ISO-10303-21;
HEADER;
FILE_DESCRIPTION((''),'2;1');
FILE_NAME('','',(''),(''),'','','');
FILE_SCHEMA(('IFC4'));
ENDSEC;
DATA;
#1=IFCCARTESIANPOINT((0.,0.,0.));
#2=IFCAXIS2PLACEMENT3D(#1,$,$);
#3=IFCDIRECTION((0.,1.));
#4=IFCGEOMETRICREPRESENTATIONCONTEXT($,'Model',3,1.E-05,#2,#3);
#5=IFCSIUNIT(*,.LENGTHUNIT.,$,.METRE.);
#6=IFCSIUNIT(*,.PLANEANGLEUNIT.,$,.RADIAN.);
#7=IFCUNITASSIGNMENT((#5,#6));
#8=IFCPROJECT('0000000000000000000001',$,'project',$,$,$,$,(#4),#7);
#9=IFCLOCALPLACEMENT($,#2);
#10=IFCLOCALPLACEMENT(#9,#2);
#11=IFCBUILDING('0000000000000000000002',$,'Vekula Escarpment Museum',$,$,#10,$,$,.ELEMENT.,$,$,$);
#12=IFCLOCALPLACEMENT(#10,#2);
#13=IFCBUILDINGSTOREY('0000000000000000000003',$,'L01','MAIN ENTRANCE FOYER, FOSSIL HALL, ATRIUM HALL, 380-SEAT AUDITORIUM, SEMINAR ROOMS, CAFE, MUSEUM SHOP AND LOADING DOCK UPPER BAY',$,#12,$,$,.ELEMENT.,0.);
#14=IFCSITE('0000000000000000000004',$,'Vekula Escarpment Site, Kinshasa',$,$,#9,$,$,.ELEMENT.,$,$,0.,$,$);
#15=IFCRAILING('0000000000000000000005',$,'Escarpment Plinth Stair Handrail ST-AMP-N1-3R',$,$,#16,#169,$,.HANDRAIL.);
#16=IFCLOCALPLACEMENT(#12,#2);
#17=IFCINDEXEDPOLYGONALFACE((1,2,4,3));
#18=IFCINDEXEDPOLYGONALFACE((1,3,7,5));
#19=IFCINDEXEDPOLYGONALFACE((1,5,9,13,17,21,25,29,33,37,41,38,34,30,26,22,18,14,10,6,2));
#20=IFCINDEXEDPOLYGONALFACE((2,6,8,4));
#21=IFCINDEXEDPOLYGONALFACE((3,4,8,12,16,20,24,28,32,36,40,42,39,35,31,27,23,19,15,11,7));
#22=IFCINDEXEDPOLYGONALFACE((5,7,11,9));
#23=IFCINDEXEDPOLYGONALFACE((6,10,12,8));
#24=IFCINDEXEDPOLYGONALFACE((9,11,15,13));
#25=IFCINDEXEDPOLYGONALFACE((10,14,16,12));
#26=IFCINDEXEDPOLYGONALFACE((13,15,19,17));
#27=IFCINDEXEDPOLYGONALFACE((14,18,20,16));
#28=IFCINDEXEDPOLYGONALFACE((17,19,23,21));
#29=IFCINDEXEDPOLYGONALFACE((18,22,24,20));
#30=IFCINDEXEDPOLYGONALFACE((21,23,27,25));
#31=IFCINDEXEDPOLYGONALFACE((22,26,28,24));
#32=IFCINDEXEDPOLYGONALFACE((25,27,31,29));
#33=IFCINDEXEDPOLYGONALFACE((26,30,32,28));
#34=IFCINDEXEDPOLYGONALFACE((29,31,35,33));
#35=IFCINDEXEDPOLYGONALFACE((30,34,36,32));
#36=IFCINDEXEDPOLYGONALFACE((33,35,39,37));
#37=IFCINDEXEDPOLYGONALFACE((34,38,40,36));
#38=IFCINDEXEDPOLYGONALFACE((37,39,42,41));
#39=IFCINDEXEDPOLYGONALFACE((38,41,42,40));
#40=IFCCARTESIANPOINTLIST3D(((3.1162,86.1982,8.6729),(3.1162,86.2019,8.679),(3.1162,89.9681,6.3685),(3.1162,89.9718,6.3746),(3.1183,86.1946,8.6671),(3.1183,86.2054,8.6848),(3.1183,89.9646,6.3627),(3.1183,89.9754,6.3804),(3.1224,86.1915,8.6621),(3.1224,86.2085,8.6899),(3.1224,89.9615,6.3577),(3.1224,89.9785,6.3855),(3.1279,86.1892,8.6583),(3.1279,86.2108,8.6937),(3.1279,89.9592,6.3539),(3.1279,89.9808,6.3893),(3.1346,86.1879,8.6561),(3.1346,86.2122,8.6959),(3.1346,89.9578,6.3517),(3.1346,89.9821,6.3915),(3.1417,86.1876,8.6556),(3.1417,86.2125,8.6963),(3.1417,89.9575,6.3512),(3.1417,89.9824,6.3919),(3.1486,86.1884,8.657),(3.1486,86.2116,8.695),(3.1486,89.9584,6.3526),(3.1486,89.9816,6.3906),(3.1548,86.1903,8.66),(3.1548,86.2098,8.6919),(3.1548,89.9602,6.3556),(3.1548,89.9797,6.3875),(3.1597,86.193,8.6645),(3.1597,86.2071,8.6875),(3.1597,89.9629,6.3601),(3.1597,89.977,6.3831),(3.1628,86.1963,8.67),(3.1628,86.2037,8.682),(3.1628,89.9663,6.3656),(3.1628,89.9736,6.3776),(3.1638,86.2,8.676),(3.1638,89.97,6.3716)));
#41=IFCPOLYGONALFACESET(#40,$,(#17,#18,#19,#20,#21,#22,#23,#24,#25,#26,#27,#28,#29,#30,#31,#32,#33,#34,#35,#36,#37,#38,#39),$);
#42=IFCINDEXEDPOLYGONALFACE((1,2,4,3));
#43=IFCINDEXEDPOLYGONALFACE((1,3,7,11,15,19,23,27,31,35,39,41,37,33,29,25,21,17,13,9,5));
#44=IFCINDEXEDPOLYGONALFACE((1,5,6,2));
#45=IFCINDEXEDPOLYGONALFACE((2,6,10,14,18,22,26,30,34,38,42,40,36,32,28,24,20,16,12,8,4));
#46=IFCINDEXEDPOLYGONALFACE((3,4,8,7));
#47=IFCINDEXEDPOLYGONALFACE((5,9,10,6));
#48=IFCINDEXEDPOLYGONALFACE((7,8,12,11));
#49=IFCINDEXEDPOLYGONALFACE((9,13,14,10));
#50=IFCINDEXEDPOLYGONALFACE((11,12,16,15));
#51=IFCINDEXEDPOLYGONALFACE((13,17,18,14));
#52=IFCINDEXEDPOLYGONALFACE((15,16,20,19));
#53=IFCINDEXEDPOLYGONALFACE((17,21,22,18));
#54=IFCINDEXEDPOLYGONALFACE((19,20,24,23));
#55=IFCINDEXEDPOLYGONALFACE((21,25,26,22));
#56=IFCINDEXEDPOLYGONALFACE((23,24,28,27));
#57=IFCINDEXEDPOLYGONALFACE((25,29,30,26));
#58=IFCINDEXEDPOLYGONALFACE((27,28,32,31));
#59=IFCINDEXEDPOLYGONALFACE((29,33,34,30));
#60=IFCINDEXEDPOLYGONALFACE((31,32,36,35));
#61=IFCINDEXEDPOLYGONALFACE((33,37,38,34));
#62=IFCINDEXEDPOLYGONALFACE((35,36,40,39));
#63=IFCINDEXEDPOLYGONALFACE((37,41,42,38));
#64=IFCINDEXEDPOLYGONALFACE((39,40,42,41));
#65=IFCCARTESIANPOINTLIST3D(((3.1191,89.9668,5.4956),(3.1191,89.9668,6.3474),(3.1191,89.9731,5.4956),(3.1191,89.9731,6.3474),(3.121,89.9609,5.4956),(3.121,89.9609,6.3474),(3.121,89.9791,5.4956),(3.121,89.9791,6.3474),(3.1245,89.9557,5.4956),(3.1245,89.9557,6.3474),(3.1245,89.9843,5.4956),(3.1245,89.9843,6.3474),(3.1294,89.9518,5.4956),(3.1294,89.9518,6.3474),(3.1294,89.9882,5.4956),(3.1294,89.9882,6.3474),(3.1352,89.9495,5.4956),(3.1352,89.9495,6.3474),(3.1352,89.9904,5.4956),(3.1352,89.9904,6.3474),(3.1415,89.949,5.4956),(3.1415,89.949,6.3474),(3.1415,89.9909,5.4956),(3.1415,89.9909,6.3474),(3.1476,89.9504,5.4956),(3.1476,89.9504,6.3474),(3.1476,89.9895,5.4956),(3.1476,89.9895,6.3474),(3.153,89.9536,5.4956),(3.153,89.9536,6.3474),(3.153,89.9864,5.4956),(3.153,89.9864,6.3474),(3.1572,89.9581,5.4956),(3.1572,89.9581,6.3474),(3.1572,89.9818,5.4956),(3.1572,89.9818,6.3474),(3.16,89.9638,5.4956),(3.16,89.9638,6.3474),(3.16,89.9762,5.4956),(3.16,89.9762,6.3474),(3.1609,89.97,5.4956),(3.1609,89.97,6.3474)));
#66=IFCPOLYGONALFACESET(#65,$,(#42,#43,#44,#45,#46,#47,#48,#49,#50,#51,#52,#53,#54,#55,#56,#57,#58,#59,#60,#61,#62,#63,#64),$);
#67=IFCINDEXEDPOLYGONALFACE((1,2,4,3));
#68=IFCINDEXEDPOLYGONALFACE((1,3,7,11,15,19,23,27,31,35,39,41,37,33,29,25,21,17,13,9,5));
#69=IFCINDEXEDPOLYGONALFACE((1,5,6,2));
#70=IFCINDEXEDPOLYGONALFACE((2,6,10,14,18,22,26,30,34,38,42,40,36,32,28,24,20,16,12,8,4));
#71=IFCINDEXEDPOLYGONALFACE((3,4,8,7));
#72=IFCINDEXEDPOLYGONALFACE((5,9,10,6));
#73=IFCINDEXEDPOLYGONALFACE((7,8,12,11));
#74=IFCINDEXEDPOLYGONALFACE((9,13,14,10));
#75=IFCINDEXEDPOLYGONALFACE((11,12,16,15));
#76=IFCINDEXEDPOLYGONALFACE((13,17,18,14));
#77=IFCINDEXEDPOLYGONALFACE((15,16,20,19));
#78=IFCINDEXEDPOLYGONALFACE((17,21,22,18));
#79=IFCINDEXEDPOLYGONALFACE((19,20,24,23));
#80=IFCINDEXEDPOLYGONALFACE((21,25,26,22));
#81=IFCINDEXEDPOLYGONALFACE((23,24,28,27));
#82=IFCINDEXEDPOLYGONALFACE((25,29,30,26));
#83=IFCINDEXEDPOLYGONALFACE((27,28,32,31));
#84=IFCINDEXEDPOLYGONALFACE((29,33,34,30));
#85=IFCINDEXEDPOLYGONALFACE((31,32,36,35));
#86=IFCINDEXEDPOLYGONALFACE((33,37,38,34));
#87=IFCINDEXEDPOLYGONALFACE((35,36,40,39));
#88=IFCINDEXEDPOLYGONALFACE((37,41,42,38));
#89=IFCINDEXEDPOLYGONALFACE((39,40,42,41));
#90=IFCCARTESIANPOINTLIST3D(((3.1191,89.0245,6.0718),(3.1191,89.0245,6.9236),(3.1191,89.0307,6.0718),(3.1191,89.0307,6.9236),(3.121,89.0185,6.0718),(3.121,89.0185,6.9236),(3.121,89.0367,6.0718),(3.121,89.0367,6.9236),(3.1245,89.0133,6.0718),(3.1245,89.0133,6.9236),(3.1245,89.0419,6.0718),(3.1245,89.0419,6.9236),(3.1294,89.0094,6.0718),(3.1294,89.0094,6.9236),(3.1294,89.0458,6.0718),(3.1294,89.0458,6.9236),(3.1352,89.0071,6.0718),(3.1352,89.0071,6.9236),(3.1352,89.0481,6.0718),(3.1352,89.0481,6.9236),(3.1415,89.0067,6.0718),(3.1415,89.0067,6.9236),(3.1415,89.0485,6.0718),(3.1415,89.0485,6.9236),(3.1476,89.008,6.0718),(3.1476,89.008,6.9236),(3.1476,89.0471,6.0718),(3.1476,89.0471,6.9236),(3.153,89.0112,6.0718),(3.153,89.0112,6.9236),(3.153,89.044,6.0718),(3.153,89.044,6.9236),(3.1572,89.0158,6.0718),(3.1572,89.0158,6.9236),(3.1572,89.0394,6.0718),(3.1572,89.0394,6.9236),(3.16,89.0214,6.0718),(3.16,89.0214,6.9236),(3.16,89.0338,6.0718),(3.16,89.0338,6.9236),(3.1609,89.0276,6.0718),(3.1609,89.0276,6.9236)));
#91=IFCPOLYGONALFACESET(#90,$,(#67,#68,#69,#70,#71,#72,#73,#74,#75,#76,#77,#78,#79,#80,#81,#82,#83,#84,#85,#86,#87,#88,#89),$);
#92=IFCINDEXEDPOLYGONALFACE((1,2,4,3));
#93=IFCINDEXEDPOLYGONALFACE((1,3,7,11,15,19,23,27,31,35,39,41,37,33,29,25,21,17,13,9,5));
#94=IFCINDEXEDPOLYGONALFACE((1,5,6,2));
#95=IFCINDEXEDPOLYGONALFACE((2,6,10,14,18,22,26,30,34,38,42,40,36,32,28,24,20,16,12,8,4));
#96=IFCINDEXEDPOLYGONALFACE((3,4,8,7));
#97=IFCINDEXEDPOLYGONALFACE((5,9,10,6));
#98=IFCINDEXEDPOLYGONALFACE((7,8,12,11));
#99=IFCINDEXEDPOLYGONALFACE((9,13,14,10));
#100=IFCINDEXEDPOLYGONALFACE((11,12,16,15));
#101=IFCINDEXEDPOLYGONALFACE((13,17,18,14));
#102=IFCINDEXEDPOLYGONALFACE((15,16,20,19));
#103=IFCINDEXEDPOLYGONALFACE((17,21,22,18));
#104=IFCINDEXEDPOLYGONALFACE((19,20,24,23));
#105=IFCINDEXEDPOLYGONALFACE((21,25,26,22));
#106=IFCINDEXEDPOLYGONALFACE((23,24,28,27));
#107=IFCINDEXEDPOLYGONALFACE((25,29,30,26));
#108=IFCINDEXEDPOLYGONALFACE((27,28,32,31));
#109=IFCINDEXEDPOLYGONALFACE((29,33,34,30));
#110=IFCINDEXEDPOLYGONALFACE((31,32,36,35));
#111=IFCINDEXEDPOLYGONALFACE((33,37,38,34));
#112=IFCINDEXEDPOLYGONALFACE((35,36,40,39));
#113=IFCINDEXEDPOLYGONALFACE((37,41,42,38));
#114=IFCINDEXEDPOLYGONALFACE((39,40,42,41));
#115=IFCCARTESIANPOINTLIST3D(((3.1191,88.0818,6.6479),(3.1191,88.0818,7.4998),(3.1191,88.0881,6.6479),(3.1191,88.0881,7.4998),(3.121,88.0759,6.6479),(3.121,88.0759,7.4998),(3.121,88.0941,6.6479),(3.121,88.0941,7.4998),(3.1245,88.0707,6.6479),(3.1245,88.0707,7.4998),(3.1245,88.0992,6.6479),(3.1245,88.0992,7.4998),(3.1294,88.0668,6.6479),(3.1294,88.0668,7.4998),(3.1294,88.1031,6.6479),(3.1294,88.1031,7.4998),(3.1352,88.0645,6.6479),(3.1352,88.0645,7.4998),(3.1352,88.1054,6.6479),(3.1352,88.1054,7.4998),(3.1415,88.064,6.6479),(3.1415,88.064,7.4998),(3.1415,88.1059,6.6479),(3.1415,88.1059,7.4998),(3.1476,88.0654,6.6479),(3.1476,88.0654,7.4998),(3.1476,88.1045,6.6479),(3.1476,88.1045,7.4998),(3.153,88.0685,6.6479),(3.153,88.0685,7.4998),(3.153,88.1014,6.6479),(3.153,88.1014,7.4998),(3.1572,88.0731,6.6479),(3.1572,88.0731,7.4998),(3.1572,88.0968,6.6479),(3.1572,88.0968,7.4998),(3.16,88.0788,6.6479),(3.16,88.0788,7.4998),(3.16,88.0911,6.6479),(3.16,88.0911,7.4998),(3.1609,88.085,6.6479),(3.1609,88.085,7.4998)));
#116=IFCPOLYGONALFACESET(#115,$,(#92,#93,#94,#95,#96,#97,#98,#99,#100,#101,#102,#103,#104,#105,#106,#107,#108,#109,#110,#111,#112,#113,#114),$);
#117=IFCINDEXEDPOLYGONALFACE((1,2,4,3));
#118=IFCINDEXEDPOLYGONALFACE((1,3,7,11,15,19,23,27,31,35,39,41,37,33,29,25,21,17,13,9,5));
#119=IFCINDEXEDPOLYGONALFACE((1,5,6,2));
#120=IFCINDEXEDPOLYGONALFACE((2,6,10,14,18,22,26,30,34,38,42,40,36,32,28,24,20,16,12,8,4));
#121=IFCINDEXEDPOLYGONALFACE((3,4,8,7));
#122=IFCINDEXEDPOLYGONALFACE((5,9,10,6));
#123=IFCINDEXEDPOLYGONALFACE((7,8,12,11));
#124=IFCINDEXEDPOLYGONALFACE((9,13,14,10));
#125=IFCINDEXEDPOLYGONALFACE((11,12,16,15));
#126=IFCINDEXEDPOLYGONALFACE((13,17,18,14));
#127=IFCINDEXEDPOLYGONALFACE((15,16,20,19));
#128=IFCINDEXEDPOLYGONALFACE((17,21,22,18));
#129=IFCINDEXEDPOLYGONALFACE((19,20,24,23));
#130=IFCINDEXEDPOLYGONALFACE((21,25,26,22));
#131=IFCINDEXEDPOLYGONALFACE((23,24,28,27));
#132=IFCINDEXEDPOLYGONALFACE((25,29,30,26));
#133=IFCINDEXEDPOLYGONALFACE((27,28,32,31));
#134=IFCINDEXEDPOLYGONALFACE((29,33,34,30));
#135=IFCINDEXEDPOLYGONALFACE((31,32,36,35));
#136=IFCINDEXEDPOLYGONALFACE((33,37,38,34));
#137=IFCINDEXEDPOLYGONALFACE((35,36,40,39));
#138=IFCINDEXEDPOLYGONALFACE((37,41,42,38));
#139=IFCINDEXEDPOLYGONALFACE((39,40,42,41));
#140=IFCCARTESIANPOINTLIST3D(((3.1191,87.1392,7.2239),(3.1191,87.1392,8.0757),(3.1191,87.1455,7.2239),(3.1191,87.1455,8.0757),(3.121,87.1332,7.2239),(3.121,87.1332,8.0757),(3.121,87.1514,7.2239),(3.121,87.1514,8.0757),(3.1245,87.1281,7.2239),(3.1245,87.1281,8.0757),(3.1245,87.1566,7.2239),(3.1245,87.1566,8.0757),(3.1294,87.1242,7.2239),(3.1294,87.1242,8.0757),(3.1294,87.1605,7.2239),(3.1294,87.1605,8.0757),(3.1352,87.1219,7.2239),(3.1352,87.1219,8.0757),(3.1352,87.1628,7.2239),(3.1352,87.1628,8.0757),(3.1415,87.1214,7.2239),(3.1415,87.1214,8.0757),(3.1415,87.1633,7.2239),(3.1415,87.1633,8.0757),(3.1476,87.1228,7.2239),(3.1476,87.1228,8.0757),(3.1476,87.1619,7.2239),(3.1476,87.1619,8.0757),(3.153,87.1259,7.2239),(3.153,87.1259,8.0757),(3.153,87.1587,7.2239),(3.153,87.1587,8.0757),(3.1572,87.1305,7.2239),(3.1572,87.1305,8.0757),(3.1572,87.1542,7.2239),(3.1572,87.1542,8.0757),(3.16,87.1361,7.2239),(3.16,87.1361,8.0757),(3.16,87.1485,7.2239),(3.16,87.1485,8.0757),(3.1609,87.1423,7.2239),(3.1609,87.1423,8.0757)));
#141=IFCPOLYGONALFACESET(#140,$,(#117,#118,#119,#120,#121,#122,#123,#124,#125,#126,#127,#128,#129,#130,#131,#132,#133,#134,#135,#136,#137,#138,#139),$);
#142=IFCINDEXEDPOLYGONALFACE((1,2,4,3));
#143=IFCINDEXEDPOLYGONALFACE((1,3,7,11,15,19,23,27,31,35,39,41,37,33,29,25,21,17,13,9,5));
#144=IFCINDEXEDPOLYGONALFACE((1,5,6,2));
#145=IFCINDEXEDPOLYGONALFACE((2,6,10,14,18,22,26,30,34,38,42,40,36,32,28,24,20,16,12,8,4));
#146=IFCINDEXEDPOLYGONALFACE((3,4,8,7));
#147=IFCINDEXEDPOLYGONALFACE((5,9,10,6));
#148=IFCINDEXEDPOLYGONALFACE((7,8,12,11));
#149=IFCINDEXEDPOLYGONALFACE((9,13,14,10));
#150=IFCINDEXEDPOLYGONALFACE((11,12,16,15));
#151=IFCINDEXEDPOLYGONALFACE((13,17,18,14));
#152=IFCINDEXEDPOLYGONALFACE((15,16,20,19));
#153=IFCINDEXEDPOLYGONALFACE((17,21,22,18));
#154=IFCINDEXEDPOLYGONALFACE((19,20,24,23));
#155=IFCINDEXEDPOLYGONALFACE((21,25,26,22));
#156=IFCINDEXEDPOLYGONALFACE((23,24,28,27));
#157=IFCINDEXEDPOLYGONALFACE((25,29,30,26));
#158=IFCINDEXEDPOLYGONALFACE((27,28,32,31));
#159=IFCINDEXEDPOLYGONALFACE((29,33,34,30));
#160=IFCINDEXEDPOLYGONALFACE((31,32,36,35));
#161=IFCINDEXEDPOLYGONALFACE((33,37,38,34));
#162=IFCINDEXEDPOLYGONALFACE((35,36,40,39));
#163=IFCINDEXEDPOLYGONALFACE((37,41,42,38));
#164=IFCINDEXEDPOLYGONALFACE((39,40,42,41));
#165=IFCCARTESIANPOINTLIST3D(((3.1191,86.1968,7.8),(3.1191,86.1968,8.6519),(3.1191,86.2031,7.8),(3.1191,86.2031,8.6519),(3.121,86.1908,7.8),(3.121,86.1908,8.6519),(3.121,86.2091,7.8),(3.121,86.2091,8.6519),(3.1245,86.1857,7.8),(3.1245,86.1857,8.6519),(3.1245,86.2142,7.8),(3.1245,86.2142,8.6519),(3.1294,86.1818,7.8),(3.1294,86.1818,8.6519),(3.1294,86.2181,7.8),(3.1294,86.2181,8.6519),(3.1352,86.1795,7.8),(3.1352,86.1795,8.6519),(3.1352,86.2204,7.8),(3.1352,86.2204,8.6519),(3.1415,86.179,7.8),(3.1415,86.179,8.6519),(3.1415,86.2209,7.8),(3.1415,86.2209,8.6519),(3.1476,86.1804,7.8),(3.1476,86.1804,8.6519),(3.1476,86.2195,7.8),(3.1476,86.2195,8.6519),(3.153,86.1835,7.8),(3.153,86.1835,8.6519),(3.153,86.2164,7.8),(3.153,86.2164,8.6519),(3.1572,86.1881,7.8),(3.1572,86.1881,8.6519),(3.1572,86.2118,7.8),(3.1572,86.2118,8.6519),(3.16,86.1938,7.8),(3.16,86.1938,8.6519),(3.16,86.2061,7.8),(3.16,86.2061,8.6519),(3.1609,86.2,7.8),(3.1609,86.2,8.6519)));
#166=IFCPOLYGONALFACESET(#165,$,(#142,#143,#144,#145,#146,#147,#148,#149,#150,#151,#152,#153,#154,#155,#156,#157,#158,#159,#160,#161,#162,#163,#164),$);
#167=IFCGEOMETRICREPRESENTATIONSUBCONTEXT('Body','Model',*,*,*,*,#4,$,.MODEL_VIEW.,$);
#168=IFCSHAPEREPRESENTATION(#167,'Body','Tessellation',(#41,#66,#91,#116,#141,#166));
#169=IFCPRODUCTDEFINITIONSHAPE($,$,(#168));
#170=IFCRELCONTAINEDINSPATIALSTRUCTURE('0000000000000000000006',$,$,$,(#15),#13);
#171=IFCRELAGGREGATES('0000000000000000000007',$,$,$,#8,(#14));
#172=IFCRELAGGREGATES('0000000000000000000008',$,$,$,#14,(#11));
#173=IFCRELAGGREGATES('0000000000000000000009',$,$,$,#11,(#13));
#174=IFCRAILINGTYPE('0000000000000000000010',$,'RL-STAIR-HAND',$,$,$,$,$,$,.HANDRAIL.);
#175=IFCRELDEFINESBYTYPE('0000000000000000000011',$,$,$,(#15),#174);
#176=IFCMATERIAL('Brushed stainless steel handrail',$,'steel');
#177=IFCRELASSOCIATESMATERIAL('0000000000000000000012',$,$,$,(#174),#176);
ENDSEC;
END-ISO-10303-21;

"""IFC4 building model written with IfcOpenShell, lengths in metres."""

from ifc_helpers import new_model, si_unit, direction, frame, origin, origin_2d, place, context, subcontext, project, spatial, circle, extrude, material, type_object, element, save


model = new_model("IFC4")

# Units and contexts
model_context = context("Model", 3, precision=1e-05, world=origin(), true_north=direction((0.0, 1.0)))
body_context = subcontext(model_context, "Body", "Model", "MODEL_VIEW")
ifc_project = project(units=[si_unit("LENGTHUNIT", "METRE"), si_unit("PLANEANGLEUNIT", "RADIAN")], contexts=[model_context])

# Site, building, storey
site_placement = place(None, origin())
site = spatial("IfcSite", under=ifc_project, at=site_placement, Name="Vekula Escarpment Site, Kinshasa", CompositionType="ELEMENT", RefElevation=0.0)
building_placement = place(site_placement, origin())
building = spatial("IfcBuilding", under=site, at=building_placement, Name="Vekula Escarpment Museum", CompositionType="ELEMENT")
storey_placement = place(building_placement, origin())
storey = spatial("IfcBuildingStorey", under=building, at=storey_placement, Name="L01", Description="MAIN ENTRANCE FOYER, FOSSIL HALL, ATRIUM HALL, 380-SEAT AUDITORIUM, SEMINAR ROOMS, CAFE, MUSEUM SHOP AND LOADING DOCK UPPER BAY", CompositionType="ELEMENT", Elevation=0.0)

# Railing
ifc_material_1 = material(Name="Brushed stainless steel handrail", Category="steel")
railing_type_1 = type_object("IfcRailingType", Name="RL-STAIR-HAND", PredefinedType="HANDRAIL", material=ifc_material_1)
for number, where, name in (
    (1, (3.1399, 89.97, 5.4956), "Escarpment Plinth Stair Handrail ST-AMP-N1-3R"),
):
    element("IfcRailing", number, at=place(storey_placement, frame(where)), inside=storey, type_object=railing_type_1, Name=name, PredefinedType="HANDRAIL", context=body_context, shape_type="SweptSolid", body=[
        extrude(circle(Radius=0.0239, at=origin_2d()), frame((0.0, 0.0, 0.876), z_axis=(0.0, -0.853227, 0.521539), x_axis=(1.0, 0.0, 0.0)), (0.0, 0.0, 1.0), 4.4185),
        extrude(circle(Radius=0.021, at=origin_2d()), origin(), (0.0, 0.0, 1.0), 0.8518),
        extrude(circle(Radius=0.021, at=origin_2d()), frame((0.0, -0.9424, 0.5762)), (0.0, 0.0, 1.0), 0.8518),
        extrude(circle(Radius=0.021, at=origin_2d()), frame((0.0, -1.885, 1.1523)), (0.0, 0.0, 1.0), 0.8518),
        extrude(circle(Radius=0.021, at=origin_2d()), frame((0.0, -2.8276, 1.7283)), (0.0, 0.0, 1.0), 0.8518),
        extrude(circle(Radius=0.021, at=origin_2d()), frame((0.0, -3.77, 2.3044)), (0.0, 0.0, 1.0), 0.8518),
    ])

save(model, "model.ifc")
